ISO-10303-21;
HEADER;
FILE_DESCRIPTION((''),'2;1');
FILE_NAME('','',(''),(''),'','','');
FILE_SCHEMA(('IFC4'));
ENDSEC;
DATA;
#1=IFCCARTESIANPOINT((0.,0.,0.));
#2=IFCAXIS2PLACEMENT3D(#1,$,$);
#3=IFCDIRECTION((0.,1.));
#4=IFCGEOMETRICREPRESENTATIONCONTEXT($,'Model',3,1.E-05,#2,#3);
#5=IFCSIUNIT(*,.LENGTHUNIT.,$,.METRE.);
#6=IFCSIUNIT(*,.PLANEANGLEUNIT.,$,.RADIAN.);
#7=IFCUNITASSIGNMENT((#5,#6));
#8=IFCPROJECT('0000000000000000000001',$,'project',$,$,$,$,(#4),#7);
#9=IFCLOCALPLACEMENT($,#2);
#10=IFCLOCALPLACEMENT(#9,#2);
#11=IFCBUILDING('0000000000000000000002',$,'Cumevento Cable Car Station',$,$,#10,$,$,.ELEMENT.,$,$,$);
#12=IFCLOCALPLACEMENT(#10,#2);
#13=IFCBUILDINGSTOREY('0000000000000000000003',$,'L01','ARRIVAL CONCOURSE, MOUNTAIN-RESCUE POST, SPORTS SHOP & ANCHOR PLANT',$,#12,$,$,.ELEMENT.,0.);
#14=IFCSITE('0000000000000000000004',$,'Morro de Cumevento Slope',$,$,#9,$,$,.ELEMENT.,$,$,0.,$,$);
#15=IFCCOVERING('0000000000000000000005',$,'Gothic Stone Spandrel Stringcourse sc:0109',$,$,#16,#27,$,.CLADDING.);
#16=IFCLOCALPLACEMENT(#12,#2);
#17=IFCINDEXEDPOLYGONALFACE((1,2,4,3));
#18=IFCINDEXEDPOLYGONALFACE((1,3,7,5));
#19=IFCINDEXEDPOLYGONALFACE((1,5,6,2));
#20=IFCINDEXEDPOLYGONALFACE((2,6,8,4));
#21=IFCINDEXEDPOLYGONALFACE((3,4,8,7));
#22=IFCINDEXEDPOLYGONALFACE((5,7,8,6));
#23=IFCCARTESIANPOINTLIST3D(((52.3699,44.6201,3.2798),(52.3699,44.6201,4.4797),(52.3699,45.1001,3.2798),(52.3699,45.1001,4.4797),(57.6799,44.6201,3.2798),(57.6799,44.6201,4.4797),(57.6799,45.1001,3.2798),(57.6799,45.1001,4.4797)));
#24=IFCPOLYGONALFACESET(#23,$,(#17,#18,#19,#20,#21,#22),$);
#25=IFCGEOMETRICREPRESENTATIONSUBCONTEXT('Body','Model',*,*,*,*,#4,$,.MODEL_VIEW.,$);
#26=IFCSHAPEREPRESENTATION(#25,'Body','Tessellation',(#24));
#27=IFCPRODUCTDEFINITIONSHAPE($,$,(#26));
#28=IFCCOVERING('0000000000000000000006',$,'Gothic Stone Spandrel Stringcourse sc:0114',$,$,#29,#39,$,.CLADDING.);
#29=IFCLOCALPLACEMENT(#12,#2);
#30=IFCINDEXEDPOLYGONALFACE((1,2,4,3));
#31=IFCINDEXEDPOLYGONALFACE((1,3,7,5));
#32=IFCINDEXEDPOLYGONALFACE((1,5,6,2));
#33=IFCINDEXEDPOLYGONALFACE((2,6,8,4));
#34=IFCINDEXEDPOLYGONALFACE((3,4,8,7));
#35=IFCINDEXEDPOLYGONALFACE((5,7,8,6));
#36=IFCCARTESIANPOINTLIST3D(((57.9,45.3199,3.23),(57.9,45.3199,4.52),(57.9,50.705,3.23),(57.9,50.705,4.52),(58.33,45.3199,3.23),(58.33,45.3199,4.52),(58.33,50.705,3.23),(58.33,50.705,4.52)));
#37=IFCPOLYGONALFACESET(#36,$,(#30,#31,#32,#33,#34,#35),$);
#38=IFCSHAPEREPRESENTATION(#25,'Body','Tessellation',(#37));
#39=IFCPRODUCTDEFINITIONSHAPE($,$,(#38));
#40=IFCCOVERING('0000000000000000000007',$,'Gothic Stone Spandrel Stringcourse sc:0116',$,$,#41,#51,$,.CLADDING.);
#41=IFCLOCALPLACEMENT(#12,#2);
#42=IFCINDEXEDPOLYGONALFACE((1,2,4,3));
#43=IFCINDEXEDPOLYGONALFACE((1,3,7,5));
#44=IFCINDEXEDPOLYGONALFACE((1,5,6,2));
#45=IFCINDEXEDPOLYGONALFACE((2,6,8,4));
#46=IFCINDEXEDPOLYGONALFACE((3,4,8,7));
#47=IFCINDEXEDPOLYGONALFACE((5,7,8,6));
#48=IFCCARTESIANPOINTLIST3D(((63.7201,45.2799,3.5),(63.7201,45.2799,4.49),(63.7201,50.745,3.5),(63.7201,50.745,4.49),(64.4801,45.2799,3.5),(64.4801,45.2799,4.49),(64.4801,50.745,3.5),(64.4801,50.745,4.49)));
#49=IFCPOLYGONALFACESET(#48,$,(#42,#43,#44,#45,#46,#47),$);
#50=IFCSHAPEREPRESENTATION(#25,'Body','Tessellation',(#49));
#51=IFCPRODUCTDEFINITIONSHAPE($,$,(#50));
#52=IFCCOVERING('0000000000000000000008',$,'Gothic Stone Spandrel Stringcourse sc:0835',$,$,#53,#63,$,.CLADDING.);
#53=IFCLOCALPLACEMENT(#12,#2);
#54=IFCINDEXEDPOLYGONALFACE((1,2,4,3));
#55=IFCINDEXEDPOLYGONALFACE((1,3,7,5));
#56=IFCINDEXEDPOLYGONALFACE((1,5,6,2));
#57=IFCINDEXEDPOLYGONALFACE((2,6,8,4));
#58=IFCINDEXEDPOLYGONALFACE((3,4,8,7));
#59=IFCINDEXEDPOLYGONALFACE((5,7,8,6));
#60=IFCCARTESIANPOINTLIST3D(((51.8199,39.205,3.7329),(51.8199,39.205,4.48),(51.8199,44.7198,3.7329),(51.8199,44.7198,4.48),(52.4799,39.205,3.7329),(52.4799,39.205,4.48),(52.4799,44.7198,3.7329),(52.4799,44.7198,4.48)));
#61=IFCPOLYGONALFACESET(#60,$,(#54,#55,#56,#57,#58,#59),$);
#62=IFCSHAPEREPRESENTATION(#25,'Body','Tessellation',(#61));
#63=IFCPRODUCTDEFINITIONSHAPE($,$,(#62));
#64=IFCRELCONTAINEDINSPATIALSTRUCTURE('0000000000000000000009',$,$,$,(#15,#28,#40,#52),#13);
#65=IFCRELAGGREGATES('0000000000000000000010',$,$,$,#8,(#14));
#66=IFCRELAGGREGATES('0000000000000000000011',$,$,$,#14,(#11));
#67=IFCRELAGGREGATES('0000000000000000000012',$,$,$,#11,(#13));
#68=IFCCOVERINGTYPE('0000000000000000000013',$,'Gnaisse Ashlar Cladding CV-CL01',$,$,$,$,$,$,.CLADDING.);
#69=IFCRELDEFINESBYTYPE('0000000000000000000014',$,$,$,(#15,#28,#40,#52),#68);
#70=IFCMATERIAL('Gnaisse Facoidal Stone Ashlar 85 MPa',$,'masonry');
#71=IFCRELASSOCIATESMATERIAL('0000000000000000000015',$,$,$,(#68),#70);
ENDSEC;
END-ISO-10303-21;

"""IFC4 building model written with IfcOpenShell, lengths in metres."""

from ifc_helpers import new_model, si_unit, direction, frame, origin, origin_2d, place, context, subcontext, project, spatial, rectangle, extrude, material, type_object, element, save


model = new_model("IFC4")

# Units and contexts
model_context = context("Model", 3, precision=1e-05, world=origin(), true_north=direction((0.0, 1.0)))
body_context = subcontext(model_context, "Body", "Model", "MODEL_VIEW")
ifc_project = project(units=[si_unit("LENGTHUNIT", "METRE"), si_unit("PLANEANGLEUNIT", "RADIAN")], contexts=[model_context])

# Site, building, storey
site_placement = place(None, origin())
site = spatial("IfcSite", under=ifc_project, at=site_placement, Name="Morro de Cumevento Slope", CompositionType="ELEMENT", RefElevation=0.0)
building_placement = place(site_placement, origin())
building = spatial("IfcBuilding", under=site, at=building_placement, Name="Cumevento Cable Car Station", CompositionType="ELEMENT")
storey_placement = place(building_placement, origin())
storey = spatial("IfcBuildingStorey", under=building, at=storey_placement, Name="L01", Description="ARRIVAL CONCOURSE, MOUNTAIN-RESCUE POST, SPORTS SHOP & ANCHOR PLANT", CompositionType="ELEMENT", Elevation=0.0)

# Coverings
ifc_material_1 = material(Name="Gnaisse Facoidal Stone Ashlar 85 MPa", Category="masonry")
covering_type = type_object("IfcCoveringType", Name="Gnaisse Ashlar Cladding CV-CL01", PredefinedType="CLADDING", material=ifc_material_1)
covering_1_placement = place(storey_placement, frame((55.0249, 44.8601, 3.2798), z_axis=(0.0, 0.0, 1.0), x_axis=(1.0, 0.0, 0.0)))
element("IfcCovering", 1, at=covering_1_placement, inside=storey, type_object=covering_type, Name="Gothic Stone Spandrel Stringcourse sc:0109", PredefinedType="CLADDING", context=body_context, shape_type="SweptSolid", body=[
    extrude(rectangle(XDim=5.3101, YDim=0.48, at=origin_2d()), origin(), (0.0, 0.0, 1.0), 1.2),
])
covering_2_placement = place(storey_placement, frame((58.115, 48.0125, 3.23), z_axis=(0.0, 0.0, 1.0), x_axis=(0.0, 1.0, 0.0)))
element("IfcCovering", 2, at=covering_2_placement, inside=storey, type_object=covering_type, Name="Gothic Stone Spandrel Stringcourse sc:0114", PredefinedType="CLADDING", context=body_context, shape_type="SweptSolid", body=[
    extrude(rectangle(XDim=5.385, YDim=0.4299, at=origin_2d()), origin(), (0.0, 0.0, 1.0), 1.29),
])
covering_3_placement = place(storey_placement, frame((64.1001, 48.0125, 3.5), z_axis=(0.0, 0.0, 1.0), x_axis=(0.0, 1.0, 0.0)))
element("IfcCovering", 3, at=covering_3_placement, inside=storey, type_object=covering_type, Name="Gothic Stone Spandrel Stringcourse sc:0116", PredefinedType="CLADDING", context=body_context, shape_type="SweptSolid", body=[
    extrude(rectangle(XDim=5.4651, YDim=0.76, at=origin_2d()), origin(), (0.0, 0.0, 1.0), 0.99),
])
covering_4_placement = place(storey_placement, frame((52.1499, 41.9624, 3.7329), z_axis=(0.0, 0.0, 1.0), x_axis=(0.0, 1.0, 0.0)))
element("IfcCovering", 4, at=covering_4_placement, inside=storey, type_object=covering_type, Name="Gothic Stone Spandrel Stringcourse sc:0835", PredefinedType="CLADDING", context=body_context, shape_type="SweptSolid", body=[
    extrude(rectangle(XDim=5.5149, YDim=0.6599, at=origin_2d()), origin(), (0.0, 0.0, 1.0), 0.7471),
])

save(model, "model.ifc")
